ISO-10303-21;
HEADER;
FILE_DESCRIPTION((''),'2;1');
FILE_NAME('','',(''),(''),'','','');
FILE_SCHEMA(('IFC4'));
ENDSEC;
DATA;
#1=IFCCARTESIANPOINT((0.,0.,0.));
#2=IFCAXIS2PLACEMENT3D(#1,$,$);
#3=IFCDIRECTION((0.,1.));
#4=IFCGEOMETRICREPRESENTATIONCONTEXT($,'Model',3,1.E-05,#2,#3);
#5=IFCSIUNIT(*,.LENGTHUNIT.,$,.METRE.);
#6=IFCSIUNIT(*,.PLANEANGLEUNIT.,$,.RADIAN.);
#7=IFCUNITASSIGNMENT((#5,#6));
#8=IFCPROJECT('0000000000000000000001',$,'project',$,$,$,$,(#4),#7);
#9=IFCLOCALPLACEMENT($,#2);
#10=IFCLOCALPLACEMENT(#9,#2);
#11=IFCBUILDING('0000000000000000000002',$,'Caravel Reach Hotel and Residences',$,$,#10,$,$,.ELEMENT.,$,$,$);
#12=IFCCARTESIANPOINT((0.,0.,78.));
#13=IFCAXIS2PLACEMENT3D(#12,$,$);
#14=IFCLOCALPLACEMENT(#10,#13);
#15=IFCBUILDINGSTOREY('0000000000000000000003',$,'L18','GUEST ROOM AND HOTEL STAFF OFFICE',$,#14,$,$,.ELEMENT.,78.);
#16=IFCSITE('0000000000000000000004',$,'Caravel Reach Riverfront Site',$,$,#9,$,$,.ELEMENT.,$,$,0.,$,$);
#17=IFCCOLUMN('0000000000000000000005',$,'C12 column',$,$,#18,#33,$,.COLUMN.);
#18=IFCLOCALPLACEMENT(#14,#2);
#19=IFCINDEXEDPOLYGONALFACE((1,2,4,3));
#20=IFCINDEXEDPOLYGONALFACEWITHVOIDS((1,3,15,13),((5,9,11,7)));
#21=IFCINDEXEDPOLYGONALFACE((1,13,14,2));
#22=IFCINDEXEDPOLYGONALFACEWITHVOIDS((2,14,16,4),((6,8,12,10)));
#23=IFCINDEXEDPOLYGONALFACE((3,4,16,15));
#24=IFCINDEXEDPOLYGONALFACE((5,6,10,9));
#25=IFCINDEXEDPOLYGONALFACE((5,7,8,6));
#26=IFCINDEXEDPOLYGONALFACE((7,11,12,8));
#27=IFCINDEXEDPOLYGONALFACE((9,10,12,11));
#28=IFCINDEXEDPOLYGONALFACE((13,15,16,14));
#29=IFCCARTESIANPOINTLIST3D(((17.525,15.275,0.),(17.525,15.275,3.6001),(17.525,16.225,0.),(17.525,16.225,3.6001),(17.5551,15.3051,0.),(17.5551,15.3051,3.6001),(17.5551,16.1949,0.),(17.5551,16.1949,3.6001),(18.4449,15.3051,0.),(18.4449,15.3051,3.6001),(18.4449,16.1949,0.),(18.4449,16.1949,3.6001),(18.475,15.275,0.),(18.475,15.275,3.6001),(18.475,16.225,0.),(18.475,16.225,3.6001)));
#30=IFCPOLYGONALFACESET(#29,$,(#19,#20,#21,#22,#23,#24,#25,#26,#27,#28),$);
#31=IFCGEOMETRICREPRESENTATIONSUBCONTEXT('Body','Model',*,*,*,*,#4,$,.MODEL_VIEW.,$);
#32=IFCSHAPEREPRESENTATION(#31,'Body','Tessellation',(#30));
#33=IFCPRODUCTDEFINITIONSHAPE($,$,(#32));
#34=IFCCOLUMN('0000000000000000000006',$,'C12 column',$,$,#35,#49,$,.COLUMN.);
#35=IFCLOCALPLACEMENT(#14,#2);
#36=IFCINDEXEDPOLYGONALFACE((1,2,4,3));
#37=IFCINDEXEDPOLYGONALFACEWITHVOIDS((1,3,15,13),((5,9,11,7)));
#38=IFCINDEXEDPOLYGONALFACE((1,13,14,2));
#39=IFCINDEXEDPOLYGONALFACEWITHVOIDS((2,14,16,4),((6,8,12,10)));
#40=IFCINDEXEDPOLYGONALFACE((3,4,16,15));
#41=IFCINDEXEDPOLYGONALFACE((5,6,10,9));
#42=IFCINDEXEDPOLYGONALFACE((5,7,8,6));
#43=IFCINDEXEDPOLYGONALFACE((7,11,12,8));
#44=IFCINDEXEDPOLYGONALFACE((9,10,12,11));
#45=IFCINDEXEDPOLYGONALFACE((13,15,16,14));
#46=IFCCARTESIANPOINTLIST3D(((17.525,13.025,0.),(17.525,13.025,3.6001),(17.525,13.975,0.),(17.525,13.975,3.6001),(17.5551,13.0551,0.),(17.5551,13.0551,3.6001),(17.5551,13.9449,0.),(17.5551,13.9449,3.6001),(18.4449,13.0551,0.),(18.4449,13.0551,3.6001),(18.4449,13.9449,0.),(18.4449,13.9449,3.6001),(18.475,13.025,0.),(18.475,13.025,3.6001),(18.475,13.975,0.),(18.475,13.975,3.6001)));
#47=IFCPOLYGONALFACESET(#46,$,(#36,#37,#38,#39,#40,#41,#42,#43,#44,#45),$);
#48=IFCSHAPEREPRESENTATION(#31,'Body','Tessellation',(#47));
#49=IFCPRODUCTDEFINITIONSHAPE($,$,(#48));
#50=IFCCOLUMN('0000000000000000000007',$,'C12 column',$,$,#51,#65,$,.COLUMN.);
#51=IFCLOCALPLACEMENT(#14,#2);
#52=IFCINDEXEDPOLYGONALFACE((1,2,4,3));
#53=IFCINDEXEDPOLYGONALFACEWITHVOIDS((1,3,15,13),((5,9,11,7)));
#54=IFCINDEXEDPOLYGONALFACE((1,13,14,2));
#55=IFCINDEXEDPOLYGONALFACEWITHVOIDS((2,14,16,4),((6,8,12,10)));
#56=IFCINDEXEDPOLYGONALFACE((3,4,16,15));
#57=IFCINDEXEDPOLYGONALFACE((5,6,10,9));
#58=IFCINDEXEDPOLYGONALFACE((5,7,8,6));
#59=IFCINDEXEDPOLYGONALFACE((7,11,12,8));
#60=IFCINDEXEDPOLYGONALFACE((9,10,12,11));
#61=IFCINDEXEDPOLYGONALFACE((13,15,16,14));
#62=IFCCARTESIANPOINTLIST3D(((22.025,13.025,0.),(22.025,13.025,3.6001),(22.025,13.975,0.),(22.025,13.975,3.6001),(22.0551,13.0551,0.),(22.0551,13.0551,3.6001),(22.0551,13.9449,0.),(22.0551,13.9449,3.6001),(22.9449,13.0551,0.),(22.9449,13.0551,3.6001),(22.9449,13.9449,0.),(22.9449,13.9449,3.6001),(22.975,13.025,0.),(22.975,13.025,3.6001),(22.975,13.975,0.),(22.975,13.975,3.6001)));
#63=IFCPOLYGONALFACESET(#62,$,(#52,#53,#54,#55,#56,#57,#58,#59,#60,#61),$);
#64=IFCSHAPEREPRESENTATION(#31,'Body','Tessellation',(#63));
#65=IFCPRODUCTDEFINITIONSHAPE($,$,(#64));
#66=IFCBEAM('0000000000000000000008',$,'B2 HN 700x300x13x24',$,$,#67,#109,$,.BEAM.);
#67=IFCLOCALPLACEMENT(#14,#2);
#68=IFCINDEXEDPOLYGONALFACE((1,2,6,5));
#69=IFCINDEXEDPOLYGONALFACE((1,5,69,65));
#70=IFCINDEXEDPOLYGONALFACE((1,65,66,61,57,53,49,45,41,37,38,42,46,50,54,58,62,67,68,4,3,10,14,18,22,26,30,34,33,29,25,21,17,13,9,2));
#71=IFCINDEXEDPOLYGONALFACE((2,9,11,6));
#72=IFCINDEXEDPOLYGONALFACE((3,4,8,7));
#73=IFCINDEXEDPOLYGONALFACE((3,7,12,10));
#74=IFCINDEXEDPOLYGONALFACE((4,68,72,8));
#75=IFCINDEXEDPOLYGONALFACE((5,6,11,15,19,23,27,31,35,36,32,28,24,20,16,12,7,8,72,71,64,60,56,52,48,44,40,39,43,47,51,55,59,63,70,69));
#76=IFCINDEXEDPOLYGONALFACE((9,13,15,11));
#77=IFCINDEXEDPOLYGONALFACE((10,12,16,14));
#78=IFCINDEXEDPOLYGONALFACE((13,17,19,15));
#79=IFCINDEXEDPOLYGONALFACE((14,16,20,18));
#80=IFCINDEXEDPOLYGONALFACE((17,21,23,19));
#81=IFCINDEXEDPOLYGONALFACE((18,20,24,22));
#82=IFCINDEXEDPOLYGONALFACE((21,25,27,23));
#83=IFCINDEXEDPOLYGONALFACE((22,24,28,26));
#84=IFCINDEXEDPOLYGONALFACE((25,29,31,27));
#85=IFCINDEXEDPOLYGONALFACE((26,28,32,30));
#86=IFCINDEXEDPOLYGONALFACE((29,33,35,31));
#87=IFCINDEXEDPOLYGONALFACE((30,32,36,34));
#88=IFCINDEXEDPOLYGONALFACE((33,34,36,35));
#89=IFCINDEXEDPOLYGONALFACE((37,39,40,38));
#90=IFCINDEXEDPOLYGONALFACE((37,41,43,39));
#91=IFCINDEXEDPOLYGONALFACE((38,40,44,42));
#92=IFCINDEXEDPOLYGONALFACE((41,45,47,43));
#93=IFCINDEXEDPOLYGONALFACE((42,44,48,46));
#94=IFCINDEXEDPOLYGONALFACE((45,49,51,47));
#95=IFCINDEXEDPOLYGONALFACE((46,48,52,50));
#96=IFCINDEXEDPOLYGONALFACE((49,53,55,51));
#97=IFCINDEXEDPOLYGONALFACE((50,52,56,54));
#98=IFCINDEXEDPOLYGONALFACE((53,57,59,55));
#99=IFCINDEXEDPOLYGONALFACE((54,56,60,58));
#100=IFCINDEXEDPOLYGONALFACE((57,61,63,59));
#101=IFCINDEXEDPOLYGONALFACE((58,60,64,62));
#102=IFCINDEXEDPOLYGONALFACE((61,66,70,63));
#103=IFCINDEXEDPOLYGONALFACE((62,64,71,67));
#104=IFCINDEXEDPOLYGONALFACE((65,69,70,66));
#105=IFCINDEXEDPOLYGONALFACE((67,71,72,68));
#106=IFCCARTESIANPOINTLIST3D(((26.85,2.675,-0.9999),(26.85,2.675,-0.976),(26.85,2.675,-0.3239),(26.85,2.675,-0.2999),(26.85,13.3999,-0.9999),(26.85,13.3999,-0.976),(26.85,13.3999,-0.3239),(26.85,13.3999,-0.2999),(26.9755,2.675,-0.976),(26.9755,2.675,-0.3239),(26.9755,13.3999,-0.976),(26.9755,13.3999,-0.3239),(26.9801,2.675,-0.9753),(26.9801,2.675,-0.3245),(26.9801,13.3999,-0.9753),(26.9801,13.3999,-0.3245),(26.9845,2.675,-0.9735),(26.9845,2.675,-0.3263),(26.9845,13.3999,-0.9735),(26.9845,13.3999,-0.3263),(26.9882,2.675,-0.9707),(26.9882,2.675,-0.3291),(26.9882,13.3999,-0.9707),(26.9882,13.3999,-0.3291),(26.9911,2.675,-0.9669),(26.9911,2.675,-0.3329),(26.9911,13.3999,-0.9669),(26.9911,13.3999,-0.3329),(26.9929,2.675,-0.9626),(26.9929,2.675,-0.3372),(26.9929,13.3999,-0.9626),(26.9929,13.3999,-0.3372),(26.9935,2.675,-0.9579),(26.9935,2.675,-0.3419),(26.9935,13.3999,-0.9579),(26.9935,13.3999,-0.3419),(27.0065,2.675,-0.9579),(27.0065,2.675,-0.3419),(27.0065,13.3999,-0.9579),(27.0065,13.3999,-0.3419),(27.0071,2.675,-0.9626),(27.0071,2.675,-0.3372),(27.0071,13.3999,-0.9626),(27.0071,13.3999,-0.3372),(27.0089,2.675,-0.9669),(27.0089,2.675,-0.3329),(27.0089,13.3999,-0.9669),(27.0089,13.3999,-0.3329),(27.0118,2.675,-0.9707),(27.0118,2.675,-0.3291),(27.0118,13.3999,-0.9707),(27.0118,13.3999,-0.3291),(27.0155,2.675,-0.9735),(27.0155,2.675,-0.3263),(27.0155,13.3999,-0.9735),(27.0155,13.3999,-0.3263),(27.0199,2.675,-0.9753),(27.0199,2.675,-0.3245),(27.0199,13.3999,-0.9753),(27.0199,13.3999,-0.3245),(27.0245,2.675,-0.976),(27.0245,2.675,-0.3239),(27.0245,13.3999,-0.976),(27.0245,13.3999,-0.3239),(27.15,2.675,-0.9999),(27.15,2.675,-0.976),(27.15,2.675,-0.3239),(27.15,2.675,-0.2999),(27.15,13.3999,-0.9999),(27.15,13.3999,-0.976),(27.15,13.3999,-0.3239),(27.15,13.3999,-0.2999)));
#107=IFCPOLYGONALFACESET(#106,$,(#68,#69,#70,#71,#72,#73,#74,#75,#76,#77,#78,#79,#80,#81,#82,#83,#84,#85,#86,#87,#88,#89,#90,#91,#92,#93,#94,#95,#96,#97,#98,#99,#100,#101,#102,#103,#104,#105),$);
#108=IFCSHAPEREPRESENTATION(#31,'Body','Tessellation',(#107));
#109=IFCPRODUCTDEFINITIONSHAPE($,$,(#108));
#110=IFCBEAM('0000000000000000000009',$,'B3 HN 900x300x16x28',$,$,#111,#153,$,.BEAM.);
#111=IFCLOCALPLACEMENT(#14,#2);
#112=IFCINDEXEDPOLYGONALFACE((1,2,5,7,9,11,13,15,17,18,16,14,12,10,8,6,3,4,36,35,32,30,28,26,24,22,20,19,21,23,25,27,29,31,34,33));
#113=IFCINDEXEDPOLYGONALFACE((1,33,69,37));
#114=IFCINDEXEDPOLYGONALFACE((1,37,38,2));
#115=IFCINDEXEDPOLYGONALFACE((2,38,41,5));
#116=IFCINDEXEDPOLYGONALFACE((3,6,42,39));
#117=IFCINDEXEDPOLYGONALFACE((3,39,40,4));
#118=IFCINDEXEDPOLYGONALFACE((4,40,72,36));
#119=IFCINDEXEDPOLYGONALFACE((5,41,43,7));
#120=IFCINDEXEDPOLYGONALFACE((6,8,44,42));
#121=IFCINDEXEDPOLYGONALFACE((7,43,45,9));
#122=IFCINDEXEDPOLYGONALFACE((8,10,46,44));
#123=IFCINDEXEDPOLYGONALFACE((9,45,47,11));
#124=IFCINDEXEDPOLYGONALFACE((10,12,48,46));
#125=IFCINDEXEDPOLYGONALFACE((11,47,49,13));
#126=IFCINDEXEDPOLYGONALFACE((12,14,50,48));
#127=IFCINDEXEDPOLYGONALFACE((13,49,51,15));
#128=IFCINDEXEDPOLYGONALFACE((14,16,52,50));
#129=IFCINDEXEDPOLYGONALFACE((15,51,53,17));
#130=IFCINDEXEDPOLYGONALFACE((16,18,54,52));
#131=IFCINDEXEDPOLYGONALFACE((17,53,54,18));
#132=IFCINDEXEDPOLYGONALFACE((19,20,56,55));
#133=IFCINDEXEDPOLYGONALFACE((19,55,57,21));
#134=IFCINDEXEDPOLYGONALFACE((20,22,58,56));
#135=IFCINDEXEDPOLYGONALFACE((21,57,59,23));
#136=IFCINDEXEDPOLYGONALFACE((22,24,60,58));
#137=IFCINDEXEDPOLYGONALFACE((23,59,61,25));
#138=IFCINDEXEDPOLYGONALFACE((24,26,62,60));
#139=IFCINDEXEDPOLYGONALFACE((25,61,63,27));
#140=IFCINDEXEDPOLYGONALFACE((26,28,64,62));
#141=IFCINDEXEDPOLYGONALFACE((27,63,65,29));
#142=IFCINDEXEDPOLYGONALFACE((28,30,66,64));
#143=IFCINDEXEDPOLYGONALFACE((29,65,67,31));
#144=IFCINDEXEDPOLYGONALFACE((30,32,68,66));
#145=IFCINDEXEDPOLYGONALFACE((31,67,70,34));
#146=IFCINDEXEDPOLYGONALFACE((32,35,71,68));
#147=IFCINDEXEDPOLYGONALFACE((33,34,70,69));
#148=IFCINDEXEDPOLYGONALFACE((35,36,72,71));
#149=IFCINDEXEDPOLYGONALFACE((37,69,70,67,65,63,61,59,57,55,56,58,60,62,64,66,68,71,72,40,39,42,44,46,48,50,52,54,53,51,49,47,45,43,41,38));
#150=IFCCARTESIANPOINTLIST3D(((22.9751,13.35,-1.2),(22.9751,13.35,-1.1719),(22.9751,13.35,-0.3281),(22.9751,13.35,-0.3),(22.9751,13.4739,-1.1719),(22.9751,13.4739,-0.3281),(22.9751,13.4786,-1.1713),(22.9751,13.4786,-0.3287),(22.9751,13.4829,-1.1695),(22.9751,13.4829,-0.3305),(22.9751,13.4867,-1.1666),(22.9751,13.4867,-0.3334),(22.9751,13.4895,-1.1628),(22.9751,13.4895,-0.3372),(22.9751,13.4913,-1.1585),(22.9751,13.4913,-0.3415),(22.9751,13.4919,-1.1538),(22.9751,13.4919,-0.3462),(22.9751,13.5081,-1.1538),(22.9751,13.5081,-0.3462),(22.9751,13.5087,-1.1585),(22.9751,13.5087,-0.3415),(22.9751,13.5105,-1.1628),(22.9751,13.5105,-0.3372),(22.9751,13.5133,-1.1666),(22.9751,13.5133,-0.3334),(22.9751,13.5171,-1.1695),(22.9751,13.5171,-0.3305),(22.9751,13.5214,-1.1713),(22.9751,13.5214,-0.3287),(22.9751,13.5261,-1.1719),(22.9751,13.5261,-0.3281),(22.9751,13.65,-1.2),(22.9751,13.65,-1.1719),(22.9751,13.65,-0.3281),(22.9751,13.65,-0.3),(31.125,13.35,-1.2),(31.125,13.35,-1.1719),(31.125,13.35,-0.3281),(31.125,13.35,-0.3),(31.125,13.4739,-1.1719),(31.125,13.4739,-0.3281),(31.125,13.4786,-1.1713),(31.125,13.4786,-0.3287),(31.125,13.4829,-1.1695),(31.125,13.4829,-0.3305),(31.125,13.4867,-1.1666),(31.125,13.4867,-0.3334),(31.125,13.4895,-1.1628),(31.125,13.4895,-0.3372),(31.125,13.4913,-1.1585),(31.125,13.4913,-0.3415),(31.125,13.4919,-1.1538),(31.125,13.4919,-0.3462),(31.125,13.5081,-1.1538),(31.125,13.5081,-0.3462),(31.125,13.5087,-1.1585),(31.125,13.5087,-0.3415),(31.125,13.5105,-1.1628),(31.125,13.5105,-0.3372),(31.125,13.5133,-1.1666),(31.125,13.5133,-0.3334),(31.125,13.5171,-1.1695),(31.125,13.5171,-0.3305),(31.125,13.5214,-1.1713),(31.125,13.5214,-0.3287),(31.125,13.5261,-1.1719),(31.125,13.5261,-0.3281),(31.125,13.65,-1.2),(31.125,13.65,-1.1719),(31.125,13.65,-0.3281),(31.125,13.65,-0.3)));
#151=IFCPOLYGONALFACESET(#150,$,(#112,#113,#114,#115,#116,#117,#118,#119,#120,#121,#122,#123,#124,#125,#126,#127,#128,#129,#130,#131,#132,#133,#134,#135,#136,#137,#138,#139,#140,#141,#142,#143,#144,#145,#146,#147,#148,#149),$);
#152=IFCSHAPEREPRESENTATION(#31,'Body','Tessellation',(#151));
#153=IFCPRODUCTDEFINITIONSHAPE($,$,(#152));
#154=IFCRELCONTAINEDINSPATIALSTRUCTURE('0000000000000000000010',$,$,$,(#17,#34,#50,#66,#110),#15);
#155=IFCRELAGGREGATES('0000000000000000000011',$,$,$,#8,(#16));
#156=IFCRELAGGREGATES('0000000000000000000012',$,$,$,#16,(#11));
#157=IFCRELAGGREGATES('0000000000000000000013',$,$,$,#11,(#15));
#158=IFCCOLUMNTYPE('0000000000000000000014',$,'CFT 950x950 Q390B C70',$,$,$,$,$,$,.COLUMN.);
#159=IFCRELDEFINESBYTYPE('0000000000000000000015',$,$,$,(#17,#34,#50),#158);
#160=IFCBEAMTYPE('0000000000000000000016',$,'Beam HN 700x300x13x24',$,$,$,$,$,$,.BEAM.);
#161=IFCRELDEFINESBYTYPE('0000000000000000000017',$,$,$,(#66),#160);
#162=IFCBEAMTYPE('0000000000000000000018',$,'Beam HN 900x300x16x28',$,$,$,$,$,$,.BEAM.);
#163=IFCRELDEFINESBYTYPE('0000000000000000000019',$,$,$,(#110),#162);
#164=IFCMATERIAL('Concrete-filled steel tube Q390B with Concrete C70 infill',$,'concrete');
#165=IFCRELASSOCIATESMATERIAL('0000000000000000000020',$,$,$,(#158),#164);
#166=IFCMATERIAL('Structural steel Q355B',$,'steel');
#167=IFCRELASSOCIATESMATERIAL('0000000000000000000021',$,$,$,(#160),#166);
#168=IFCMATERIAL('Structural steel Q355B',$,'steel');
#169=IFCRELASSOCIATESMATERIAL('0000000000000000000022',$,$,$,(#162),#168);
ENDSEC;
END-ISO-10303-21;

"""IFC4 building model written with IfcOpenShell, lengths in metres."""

from ifc_helpers import new_model, si_unit, direction, frame, origin, origin_2d, place, context, subcontext, project, spatial, hollow_rectangle, i_section, extrude, material, material_profile, profile_set, type_object, element, save


model = new_model("IFC4")

# Units and contexts
model_context = context("Model", 3, precision=1e-05, world=origin(), true_north=direction((0.0, 1.0)))
body_context = subcontext(model_context, "Body", "Model", "MODEL_VIEW")
ifc_project = project(units=[si_unit("LENGTHUNIT", "METRE"), si_unit("PLANEANGLEUNIT", "RADIAN")], contexts=[model_context])

# Site, building, storey
site_placement = place(None, origin())
site = spatial("IfcSite", under=ifc_project, at=site_placement, Name="Caravel Reach Riverfront Site", CompositionType="ELEMENT", RefElevation=0.0)
building_placement = place(site_placement, origin())
building = spatial("IfcBuilding", under=site, at=building_placement, Name="Caravel Reach Hotel and Residences", CompositionType="ELEMENT")
storey_placement = place(building_placement, frame((0.0, 0.0, 78.0)))
storey = spatial("IfcBuildingStorey", under=building, at=storey_placement, Name="L18", Description="GUEST ROOM AND HOTEL STAFF OFFICE", CompositionType="ELEMENT", Elevation=78.0)

# Columns
ifc_material_1 = material(Name="Concrete-filled steel tube Q390B with Concrete C70 infill", Category="concrete")
ifc_material_profile_1 = material_profile(ifc_material_1, hollow_rectangle(XDim=0.95, YDim=0.95, WallThickness=0.03, at=origin_2d()), Name="RHS 950x950x30")
ifc_profile_set_1 = profile_set([ifc_material_profile_1], Name="Concrete-filled steel tube Q390B with Concrete C70 infill")
column_type = type_object("IfcColumnType", Name="CFT 950x950 Q390B C70", PredefinedType="COLUMN", material=ifc_profile_set_1)
for number, where, z_axis, x_axis, name in (
    (1, (18.0, 15.75, 0.0), (0.0, 0.0, 1.0), (1.0, 0.0, 0.0), "C12 column"),
    (2, (18.0, 13.5, 0.0), (0.0, 0.0, 1.0), (1.0, 0.0, 0.0), "C12 column"),
    (3, (22.5, 13.5, 0.0), (0.0, 0.0, 1.0), (1.0, 0.0, 0.0), "C12 column"),
):
    element("IfcColumn", number, at=place(storey_placement, frame(where, z_axis=z_axis, x_axis=x_axis)), inside=storey, type_object=column_type, Name=name, PredefinedType="COLUMN", context=body_context, shape_type="SweptSolid", body=[
        extrude(hollow_rectangle(XDim=0.95, YDim=0.95, WallThickness=0.03, at=origin_2d()), origin(), (0.0, 0.0, 1.0), 3.6001),
    ])

# Beams
ifc_material_2 = material(Name="Structural steel Q355B", Category="steel")
ifc_material_profile_2 = material_profile(ifc_material_2, i_section(OverallWidth=0.3, OverallDepth=0.7, WebThickness=0.0129, FlangeThickness=0.0239, FilletRadius=0.0181, at=origin_2d()), Name="HN 700x300x13x24")
ifc_profile_set_2 = profile_set([ifc_material_profile_2], Name="Structural steel Q355B")
beam_type_1 = type_object("IfcBeamType", Name="Beam HN 700x300x13x24", PredefinedType="BEAM", material=ifc_profile_set_2)
beam_1_placement = place(storey_placement, frame((27.0, 13.3999, -0.6499), z_axis=(0.0, -1.0, 0.0), x_axis=(1.0, 0.0, 0.0)))
element("IfcBeam", 4, at=beam_1_placement, inside=storey, type_object=beam_type_1, Name="B2 HN 700x300x13x24", PredefinedType="BEAM", context=body_context, shape_type="SweptSolid", body=[
    extrude(i_section(OverallWidth=0.3, OverallDepth=0.7, WebThickness=0.0129, FlangeThickness=0.0239, FilletRadius=0.0181, at=origin_2d()), origin(), (0.0, 0.0, 1.0), 10.7249),
])
ifc_material_3 = material(Name="Structural steel Q355B", Category="steel")
ifc_material_profile_3 = material_profile(ifc_material_3, i_section(OverallWidth=0.3, OverallDepth=0.8999, WebThickness=0.0161, FlangeThickness=0.0281, FilletRadius=0.0181, at=origin_2d()), Name="HN 900x300x16x28")
ifc_profile_set_3 = profile_set([ifc_material_profile_3], Name="Structural steel Q355B")
beam_type_2 = type_object("IfcBeamType", Name="Beam HN 900x300x16x28", PredefinedType="BEAM", material=ifc_profile_set_3)
beam_2_placement = place(storey_placement, frame((22.9751, 13.5, -0.75), z_axis=(1.0, 0.0, 0.0), x_axis=(0.0, 1.0, 0.0)))
element("IfcBeam", 5, at=beam_2_placement, inside=storey, type_object=beam_type_2, Name="B3 HN 900x300x16x28", PredefinedType="BEAM", context=body_context, shape_type="SweptSolid", body=[
    extrude(i_section(OverallWidth=0.3, OverallDepth=0.8999, WebThickness=0.0161, FlangeThickness=0.0281, FilletRadius=0.0181, at=origin_2d()), origin(), (0.0, 0.0, 1.0), 8.1499),
])

save(model, "model.ifc")
